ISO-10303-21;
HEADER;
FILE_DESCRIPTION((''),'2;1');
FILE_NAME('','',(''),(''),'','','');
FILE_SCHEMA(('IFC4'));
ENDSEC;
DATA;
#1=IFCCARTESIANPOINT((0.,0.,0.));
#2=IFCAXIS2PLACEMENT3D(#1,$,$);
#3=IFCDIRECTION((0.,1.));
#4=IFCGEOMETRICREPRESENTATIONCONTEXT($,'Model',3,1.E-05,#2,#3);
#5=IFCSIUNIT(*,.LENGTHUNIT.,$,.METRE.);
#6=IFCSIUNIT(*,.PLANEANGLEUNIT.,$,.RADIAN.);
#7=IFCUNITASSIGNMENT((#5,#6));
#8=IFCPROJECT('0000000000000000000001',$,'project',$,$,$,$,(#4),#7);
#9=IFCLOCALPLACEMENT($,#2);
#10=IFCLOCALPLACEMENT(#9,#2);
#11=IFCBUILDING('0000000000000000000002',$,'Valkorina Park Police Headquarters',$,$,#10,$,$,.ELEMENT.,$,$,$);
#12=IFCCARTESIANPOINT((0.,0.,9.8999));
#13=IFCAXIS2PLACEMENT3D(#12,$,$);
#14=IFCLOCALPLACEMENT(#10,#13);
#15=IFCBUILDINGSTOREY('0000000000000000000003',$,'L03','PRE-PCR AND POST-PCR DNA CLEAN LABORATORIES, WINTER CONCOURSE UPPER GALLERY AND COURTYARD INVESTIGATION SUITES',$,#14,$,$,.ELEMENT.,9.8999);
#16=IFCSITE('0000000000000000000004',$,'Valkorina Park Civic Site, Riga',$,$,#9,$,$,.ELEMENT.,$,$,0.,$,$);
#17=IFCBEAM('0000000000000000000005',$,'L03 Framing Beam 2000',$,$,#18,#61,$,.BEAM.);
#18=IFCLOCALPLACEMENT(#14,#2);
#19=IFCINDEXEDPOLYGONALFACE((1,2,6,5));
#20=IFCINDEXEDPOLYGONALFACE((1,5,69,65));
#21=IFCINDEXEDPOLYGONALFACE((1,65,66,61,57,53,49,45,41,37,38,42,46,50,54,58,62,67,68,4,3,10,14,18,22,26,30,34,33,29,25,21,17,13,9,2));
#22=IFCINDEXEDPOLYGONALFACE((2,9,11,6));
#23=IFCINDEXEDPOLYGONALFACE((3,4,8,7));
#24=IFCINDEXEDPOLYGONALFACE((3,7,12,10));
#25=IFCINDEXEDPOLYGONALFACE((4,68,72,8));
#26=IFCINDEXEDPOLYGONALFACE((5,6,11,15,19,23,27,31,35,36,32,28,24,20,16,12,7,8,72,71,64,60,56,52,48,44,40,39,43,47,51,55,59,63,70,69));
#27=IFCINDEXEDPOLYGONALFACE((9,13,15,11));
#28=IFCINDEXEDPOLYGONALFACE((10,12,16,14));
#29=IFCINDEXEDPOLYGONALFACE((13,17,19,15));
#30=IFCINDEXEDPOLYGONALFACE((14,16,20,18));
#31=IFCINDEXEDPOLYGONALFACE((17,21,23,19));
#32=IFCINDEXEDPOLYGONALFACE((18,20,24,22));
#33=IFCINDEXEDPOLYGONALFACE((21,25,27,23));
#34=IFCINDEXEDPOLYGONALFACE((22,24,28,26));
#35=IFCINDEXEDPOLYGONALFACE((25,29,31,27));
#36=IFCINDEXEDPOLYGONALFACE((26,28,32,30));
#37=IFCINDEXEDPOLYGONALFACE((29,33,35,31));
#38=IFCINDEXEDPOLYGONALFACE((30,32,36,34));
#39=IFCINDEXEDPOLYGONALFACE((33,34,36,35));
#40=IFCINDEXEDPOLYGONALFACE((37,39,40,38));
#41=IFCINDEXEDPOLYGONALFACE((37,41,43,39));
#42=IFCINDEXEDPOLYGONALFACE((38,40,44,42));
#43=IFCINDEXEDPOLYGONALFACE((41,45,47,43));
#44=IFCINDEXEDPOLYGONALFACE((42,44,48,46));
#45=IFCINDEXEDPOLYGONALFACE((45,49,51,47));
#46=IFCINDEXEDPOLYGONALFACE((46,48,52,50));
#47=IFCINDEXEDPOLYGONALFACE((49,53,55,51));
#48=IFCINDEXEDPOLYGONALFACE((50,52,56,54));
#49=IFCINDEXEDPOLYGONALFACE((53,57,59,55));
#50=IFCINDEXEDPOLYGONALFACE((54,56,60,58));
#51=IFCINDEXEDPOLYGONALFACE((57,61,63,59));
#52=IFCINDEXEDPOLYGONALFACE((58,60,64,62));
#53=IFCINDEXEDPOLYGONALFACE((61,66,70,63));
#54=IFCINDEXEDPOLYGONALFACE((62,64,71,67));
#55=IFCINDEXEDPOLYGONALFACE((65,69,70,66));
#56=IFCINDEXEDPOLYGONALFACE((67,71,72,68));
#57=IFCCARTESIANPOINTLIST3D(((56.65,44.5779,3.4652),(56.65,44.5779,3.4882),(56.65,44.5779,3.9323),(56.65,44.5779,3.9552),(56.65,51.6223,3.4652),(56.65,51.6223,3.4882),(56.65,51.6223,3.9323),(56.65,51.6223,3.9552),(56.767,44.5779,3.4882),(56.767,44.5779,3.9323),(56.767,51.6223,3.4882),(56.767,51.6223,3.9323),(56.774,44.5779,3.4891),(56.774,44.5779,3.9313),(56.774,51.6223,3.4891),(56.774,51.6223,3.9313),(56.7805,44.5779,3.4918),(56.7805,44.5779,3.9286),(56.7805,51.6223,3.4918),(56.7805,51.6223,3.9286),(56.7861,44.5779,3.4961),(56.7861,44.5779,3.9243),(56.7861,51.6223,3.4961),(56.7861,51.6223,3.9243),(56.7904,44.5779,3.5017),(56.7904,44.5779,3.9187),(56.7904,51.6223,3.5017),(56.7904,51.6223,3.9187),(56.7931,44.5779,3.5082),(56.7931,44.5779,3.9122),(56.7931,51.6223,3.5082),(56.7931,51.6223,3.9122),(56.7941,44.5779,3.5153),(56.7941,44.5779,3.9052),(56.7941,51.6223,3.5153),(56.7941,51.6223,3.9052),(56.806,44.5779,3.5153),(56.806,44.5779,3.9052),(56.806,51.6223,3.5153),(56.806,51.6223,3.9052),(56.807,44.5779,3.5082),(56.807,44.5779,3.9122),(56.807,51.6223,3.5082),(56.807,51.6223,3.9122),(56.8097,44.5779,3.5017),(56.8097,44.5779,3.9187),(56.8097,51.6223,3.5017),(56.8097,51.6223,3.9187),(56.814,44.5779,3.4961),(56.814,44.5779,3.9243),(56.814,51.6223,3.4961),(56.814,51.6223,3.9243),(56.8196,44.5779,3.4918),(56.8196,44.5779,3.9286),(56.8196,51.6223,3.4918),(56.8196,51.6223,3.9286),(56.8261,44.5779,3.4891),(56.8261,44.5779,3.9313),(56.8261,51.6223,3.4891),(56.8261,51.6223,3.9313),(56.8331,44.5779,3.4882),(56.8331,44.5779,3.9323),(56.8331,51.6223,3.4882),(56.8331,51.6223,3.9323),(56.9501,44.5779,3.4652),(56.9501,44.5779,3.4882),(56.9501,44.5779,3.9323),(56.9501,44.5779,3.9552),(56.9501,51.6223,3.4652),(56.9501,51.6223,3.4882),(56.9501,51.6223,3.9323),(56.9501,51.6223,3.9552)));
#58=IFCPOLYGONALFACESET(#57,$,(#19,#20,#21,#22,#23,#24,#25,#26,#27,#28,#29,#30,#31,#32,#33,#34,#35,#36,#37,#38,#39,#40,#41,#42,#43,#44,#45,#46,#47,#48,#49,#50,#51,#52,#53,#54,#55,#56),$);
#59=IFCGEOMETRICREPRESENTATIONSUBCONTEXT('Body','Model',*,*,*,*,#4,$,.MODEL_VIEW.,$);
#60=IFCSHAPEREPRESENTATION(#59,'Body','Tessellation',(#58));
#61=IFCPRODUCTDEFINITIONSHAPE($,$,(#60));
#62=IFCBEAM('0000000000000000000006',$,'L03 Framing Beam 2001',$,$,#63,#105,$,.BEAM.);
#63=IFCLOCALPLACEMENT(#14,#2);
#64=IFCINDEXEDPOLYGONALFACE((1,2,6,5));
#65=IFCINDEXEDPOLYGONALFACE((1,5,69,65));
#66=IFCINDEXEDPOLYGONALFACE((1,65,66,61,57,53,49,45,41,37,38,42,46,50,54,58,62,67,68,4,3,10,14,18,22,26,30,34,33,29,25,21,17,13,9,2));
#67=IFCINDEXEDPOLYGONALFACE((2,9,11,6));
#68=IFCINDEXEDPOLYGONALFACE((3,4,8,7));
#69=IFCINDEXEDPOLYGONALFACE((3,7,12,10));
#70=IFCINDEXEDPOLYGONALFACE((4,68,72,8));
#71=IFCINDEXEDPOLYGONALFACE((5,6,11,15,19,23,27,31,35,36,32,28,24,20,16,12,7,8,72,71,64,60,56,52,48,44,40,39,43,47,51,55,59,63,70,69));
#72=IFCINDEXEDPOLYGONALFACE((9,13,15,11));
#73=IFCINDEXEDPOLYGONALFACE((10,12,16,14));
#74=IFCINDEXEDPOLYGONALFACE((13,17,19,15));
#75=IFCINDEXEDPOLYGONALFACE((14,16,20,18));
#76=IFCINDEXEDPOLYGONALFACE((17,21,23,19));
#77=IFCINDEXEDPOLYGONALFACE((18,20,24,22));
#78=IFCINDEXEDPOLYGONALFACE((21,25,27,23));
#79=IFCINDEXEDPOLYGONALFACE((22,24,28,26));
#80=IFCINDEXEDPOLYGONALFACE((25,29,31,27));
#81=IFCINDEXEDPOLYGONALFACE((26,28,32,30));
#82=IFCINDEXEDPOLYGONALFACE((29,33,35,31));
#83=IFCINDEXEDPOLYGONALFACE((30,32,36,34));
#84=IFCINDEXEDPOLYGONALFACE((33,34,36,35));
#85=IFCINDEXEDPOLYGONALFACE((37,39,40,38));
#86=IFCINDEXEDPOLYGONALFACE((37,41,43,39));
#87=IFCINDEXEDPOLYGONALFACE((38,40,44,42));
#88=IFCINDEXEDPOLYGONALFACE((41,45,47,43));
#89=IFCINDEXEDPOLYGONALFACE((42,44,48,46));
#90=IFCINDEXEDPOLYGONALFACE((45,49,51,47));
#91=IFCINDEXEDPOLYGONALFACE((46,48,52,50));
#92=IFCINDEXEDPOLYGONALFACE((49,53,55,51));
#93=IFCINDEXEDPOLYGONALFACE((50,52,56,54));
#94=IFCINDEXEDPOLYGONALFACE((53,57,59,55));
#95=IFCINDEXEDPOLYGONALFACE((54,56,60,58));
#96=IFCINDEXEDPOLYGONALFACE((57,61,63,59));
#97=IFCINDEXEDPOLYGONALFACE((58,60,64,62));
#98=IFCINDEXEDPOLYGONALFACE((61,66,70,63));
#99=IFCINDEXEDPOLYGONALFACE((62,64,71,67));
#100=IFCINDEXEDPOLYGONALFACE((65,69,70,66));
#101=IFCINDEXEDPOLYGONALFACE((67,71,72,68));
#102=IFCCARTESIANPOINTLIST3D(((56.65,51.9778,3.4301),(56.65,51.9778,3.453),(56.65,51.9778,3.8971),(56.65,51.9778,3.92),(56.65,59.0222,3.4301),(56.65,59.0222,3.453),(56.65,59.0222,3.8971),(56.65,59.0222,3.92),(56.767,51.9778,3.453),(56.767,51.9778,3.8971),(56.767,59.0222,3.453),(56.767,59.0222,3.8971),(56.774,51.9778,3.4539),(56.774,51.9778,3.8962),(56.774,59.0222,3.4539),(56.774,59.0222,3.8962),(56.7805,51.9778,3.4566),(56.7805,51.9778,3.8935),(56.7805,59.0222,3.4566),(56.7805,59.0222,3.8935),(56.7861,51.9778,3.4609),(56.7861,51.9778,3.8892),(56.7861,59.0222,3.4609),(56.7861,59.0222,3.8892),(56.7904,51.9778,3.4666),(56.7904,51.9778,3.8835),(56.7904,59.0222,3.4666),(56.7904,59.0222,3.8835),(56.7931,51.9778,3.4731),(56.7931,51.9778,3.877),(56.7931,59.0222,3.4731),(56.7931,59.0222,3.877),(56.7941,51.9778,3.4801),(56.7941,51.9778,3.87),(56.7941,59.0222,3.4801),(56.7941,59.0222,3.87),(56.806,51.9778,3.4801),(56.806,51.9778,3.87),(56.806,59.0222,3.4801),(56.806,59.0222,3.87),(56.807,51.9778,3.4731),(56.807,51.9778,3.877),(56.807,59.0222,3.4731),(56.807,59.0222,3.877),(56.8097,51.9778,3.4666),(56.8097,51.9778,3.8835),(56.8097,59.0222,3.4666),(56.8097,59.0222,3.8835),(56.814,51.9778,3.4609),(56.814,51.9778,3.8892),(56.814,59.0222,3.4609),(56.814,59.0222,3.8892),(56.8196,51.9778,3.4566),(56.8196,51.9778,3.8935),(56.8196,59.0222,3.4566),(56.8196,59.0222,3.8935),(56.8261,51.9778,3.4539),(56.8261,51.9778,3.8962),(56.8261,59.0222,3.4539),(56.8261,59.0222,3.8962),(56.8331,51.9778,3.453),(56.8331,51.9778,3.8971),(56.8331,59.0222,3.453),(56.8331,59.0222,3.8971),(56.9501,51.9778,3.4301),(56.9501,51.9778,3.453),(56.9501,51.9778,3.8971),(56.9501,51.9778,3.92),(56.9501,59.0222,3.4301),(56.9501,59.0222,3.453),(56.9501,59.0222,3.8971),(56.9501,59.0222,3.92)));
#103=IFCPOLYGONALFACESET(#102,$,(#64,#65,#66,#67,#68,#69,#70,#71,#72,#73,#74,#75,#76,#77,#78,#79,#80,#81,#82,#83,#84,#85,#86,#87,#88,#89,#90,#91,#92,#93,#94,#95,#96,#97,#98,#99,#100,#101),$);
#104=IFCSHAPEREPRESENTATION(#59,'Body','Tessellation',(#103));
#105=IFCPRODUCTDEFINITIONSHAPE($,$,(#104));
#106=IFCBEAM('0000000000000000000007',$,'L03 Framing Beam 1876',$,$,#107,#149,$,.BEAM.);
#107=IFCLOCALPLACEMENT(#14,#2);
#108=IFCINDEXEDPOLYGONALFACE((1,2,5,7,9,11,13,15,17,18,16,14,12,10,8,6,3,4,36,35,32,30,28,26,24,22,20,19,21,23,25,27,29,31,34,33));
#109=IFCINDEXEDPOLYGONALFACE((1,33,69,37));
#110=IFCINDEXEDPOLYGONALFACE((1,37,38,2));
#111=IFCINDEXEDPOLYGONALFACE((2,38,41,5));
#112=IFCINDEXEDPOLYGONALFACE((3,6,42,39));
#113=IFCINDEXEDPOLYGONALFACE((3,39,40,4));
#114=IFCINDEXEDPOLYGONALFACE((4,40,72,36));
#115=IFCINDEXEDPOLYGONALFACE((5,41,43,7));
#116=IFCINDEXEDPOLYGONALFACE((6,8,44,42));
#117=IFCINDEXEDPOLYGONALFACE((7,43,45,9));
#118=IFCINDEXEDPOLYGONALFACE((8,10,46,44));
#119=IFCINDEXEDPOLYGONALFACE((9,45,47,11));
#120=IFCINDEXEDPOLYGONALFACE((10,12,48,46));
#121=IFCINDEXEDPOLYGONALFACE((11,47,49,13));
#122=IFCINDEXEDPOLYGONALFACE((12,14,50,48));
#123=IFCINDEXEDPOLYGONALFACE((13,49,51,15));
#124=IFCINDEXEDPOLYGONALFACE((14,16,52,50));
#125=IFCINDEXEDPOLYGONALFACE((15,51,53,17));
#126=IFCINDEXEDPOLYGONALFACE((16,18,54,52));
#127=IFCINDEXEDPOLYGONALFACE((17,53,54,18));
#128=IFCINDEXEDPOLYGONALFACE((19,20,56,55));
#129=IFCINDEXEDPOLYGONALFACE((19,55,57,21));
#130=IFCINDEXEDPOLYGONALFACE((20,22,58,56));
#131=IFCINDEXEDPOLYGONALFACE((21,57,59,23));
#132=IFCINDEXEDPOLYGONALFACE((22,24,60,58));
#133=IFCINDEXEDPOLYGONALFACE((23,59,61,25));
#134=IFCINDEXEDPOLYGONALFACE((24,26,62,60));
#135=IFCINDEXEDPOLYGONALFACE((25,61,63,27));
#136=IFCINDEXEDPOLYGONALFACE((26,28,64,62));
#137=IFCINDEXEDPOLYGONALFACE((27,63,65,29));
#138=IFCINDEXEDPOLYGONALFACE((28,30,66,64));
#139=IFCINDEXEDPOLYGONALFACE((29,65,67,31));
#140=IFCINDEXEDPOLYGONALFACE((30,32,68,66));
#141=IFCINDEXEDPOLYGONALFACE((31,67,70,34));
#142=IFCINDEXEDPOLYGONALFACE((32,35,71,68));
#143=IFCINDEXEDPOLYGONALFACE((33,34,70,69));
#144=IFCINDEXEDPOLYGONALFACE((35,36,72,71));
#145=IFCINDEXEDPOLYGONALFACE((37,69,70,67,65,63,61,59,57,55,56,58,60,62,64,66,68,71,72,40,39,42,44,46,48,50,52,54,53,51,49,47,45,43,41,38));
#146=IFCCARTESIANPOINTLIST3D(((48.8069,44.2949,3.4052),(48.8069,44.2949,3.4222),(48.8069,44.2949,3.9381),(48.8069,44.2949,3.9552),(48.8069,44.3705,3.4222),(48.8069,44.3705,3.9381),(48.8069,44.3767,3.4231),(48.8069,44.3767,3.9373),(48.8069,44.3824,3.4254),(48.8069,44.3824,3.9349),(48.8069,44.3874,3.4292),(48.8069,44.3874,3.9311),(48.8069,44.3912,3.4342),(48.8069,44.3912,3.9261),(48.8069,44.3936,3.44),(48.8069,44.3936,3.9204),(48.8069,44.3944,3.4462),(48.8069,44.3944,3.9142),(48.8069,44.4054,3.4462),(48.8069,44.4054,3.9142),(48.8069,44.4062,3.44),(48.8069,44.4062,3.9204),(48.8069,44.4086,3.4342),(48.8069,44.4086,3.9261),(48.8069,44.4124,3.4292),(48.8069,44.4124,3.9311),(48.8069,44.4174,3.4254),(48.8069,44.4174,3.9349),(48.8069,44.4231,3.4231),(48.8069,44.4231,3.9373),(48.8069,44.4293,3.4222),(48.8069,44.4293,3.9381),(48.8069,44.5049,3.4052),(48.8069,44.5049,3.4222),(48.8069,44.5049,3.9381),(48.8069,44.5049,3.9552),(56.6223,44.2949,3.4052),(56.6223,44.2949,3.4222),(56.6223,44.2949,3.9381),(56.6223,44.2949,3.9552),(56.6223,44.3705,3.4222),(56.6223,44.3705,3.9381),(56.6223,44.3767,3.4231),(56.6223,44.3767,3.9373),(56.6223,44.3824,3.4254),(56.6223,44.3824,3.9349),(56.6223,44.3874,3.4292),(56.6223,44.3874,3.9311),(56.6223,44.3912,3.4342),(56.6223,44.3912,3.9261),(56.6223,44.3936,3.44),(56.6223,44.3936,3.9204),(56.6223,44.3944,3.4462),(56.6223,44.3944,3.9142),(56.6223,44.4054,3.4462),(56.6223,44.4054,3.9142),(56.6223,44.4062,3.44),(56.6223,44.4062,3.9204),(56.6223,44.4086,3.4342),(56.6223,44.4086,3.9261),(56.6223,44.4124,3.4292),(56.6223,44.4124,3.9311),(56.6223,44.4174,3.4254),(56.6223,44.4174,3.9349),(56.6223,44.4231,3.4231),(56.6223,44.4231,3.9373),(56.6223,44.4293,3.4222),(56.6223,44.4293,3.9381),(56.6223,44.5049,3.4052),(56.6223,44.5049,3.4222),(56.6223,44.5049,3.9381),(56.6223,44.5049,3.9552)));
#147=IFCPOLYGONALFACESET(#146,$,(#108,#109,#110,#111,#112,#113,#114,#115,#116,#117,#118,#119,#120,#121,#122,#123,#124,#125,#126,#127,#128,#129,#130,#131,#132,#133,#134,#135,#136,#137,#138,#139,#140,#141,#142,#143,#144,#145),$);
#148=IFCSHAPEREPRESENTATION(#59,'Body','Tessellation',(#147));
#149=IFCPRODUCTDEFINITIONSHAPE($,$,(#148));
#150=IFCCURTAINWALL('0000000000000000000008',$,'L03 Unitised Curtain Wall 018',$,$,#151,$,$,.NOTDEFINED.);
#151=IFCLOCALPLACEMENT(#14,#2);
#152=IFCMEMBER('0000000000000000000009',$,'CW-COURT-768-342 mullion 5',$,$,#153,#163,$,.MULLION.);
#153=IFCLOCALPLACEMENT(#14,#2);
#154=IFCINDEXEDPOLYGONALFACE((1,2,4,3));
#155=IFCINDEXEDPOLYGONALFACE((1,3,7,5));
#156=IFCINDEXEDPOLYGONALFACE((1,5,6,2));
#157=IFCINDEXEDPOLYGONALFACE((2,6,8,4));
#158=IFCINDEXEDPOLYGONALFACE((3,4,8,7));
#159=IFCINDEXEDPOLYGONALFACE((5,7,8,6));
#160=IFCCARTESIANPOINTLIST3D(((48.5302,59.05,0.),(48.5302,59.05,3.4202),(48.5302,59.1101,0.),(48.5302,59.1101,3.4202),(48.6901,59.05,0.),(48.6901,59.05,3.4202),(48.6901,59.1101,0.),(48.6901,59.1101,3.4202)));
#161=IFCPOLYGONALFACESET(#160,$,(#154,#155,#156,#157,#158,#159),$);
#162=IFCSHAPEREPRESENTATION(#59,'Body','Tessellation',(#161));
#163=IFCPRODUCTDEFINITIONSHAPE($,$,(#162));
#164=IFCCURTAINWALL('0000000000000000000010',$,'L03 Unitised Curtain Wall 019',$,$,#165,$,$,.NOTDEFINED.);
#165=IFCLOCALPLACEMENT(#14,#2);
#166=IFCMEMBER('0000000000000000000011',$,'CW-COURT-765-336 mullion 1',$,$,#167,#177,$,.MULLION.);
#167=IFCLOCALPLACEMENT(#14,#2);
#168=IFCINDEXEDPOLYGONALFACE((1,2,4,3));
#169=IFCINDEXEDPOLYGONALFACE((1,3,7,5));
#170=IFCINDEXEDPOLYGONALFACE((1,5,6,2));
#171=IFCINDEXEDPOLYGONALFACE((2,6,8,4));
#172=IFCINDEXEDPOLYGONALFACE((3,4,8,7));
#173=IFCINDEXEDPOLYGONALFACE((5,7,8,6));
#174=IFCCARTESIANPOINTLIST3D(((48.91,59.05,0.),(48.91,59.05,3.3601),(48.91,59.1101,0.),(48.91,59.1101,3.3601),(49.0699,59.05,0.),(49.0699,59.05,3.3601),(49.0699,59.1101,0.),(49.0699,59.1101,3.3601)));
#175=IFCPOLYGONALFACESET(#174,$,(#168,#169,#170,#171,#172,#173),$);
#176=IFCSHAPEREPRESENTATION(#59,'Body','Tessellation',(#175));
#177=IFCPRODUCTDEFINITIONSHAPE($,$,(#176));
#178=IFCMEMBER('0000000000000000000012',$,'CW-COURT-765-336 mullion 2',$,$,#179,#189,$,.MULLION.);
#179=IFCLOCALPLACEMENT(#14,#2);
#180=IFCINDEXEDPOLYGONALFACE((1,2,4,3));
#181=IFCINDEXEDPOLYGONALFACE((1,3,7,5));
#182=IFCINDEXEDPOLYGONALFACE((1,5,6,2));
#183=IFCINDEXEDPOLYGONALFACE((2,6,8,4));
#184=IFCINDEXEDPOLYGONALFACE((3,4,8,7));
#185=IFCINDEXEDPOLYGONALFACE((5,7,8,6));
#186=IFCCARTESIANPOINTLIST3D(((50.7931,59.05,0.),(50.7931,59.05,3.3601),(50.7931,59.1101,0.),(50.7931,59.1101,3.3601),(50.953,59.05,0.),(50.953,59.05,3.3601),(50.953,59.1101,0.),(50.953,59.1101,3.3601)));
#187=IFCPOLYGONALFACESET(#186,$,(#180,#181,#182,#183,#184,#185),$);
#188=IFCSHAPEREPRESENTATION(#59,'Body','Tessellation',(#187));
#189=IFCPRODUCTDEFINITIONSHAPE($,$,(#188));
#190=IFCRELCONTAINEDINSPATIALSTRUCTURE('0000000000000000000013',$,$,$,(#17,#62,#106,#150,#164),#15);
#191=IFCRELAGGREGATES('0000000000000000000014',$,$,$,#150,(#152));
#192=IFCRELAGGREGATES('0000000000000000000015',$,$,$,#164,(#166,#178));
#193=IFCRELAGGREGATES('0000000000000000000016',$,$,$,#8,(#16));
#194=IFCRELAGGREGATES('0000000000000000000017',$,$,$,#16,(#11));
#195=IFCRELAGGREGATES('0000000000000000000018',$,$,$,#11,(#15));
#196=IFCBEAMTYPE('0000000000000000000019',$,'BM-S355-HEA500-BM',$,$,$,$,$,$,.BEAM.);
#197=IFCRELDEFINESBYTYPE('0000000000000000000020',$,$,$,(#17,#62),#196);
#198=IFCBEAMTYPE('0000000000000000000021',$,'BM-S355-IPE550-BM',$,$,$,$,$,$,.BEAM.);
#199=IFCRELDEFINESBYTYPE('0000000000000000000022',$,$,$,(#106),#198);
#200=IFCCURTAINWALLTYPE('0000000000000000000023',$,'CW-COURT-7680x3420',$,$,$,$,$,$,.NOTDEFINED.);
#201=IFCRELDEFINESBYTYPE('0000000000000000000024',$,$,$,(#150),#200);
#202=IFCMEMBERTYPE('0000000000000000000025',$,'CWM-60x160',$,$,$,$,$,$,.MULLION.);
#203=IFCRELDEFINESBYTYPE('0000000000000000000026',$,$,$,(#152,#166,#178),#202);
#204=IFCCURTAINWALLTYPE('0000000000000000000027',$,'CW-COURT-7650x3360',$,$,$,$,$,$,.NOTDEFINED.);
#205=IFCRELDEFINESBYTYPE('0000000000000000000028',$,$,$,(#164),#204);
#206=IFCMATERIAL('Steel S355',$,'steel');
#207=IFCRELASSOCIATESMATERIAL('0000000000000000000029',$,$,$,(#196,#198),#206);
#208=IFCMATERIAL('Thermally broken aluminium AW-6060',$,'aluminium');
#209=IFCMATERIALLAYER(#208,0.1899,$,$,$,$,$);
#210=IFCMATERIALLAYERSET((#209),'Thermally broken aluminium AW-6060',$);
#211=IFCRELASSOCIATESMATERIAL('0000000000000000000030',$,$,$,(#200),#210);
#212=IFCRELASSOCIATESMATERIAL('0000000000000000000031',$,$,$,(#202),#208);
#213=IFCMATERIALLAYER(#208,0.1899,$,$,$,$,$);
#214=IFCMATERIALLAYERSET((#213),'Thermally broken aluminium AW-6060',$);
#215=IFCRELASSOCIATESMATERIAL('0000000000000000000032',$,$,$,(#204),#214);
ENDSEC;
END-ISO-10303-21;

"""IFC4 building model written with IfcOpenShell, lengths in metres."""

from ifc_helpers import new_model, si_unit, direction, frame, origin, origin_2d, place, context, subcontext, project, spatial, rectangle, i_section, extrude, material, layer, layer_set, material_profile, profile_set, type_object, element, aggregate, save


model = new_model("IFC4")

# Units and contexts
model_context = context("Model", 3, precision=1e-05, world=origin(), true_north=direction((0.0, 1.0)))
body_context = subcontext(model_context, "Body", "Model", "MODEL_VIEW")
ifc_project = project(units=[si_unit("LENGTHUNIT", "METRE"), si_unit("PLANEANGLEUNIT", "RADIAN")], contexts=[model_context])

# Site, building, storey
site_placement = place(None, origin())
site = spatial("IfcSite", under=ifc_project, at=site_placement, Name="Valkorina Park Civic Site, Riga", CompositionType="ELEMENT", RefElevation=0.0)
building_placement = place(site_placement, origin())
building = spatial("IfcBuilding", under=site, at=building_placement, Name="Valkorina Park Police Headquarters", CompositionType="ELEMENT")
storey_placement = place(building_placement, frame((0.0, 0.0, 9.8999)))
storey = spatial("IfcBuildingStorey", under=building, at=storey_placement, Name="L03", Description="PRE-PCR AND POST-PCR DNA CLEAN LABORATORIES, WINTER CONCOURSE UPPER GALLERY AND COURTYARD INVESTIGATION SUITES", CompositionType="ELEMENT", Elevation=9.8999)

# Shared definitions
ifc_material_1 = material(Name="Steel S355", Category="steel")

# Beams
ifc_material_profile_1 = material_profile(ifc_material_1, i_section(OverallWidth=0.3, OverallDepth=0.49, WebThickness=0.012, FlangeThickness=0.0229, FilletRadius=0.0271, at=origin_2d()), Name="HEA 500")
ifc_profile_set_1 = profile_set([ifc_material_profile_1], Name="Steel S355")
beam_type_1 = type_object("IfcBeamType", Name="BM-S355-HEA500-BM", PredefinedType="BEAM", material=ifc_profile_set_1)
for number, where, z_axis, x_axis, name in (
    (1, (56.8, 44.5779, 3.7102), (0.0, 1.0, 0.0), (-1.0, 0.0, 0.0), "L03 Framing Beam 2000"),
    (2, (56.8, 51.9778, 3.675), (0.0, 1.0, 0.0), (-1.0, 0.0, 0.0), "L03 Framing Beam 2001"),
):
    element("IfcBeam", number, at=place(storey_placement, frame(where, z_axis=z_axis, x_axis=x_axis)), inside=storey, type_object=beam_type_1, Name=name, PredefinedType="BEAM", context=body_context, shape_type="SweptSolid", body=[
        extrude(i_section(OverallWidth=0.3, OverallDepth=0.49, WebThickness=0.012, FlangeThickness=0.0229, FilletRadius=0.0271, at=origin_2d()), origin(), (0.0, 0.0, 1.0), 7.0444),
    ])
ifc_material_profile_2 = material_profile(ifc_material_1, i_section(OverallWidth=0.21, OverallDepth=0.55, WebThickness=0.011, FlangeThickness=0.0171, FilletRadius=0.0239, at=origin_2d()), Name="IPE 550")
ifc_profile_set_2 = profile_set([ifc_material_profile_2], Name="Steel S355")
beam_type_2 = type_object("IfcBeamType", Name="BM-S355-IPE550-BM", PredefinedType="BEAM", material=ifc_profile_set_2)
beam_placement = place(storey_placement, frame((48.8069, 44.3999, 3.6802), z_axis=(1.0, 0.0, 0.0), x_axis=(0.0, 1.0, 0.0)))
element("IfcBeam", 3, at=beam_placement, inside=storey, type_object=beam_type_2, Name="L03 Framing Beam 1876", PredefinedType="BEAM", context=body_context, shape_type="SweptSolid", body=[
    extrude(i_section(OverallWidth=0.21, OverallDepth=0.55, WebThickness=0.011, FlangeThickness=0.0171, FilletRadius=0.0239, at=origin_2d()), origin(), (0.0, 0.0, 1.0), 7.8154),
])

# Curtain wall, member
ifc_material_2 = material(Name="Thermally broken aluminium AW-6060", Category="aluminium")
ifc_layer_1 = layer(ifc_material_2, 0.1899)
ifc_layer_set_1 = layer_set([ifc_layer_1], Name="Thermally broken aluminium AW-6060")
curtain_wall_type_1 = type_object("IfcCurtainWallType", Name="CW-COURT-7680x3420", PredefinedType="NOTDEFINED", material=ifc_layer_set_1)
curtain_wall_1_placement = place(storey_placement, origin())
curtain_wall_1 = element("IfcCurtainWall", 4, at=curtain_wall_1_placement, inside=storey, type_object=curtain_wall_type_1, Name="L03 Unitised Curtain Wall 018", PredefinedType="NOTDEFINED")
ifc_material_profile_3 = material_profile(ifc_material_2, rectangle(XDim=0.0601, YDim=0.1599, at=origin_2d()), Name="CWM-01 60x160")
ifc_profile_set_3 = profile_set([ifc_material_profile_3], Name="Thermally broken aluminium AW-6060")
member_type_1 = type_object("IfcMemberType", Name="CWM-60x160", PredefinedType="MULLION", material=ifc_profile_set_3)
member_1_placement = place(storey_placement, frame((48.6101, 59.0801, 0.0), z_axis=(0.0, 0.0, 1.0), x_axis=(0.0, 1.0, 0.0)))
member_1 = element("IfcMember", 5, at=member_1_placement, type_object=member_type_1, Name="CW-COURT-768-342 mullion 5", PredefinedType="MULLION", context=body_context, shape_type="SweptSolid", body=[
    extrude(rectangle(XDim=0.0601, YDim=0.1599, at=origin_2d()), origin(), (0.0, 0.0, 1.0), 3.4202),
])

# Curtain wall, members
ifc_layer_2 = layer(ifc_material_2, 0.1899)
ifc_layer_set_2 = layer_set([ifc_layer_2], Name="Thermally broken aluminium AW-6060")
curtain_wall_type_2 = type_object("IfcCurtainWallType", Name="CW-COURT-7650x3360", PredefinedType="NOTDEFINED", material=ifc_layer_set_2)
curtain_wall_2_placement = place(storey_placement, origin())
curtain_wall_2 = element("IfcCurtainWall", 6, at=curtain_wall_2_placement, inside=storey, type_object=curtain_wall_type_2, Name="L03 Unitised Curtain Wall 019", PredefinedType="NOTDEFINED")
member_2_placement = place(storey_placement, frame((48.99, 59.0801, 0.0), z_axis=(0.0, 0.0, 1.0), x_axis=(0.0, 1.0, 0.0)))
member_2 = element("IfcMember", 7, at=member_2_placement, type_object=member_type_1, Name="CW-COURT-765-336 mullion 1", PredefinedType="MULLION", context=body_context, shape_type="SweptSolid", body=[
    extrude(rectangle(XDim=0.0601, YDim=0.1599, at=origin_2d()), origin(), (0.0, 0.0, 1.0), 3.3601),
])
member_3_placement = place(storey_placement, frame((50.873, 59.0801, 0.0), z_axis=(0.0, 0.0, 1.0), x_axis=(0.0, 1.0, 0.0)))
member_3 = element("IfcMember", 8, at=member_3_placement, type_object=member_type_1, Name="CW-COURT-765-336 mullion 2", PredefinedType="MULLION", context=body_context, shape_type="SweptSolid", body=[
    extrude(rectangle(XDim=0.0601, YDim=0.1599, at=origin_2d()), origin(), (0.0, 0.0, 1.0), 3.3601),
])

aggregate(curtain_wall_1, [member_1])
aggregate(curtain_wall_2, [member_2, member_3])

save(model, "model.ifc")
